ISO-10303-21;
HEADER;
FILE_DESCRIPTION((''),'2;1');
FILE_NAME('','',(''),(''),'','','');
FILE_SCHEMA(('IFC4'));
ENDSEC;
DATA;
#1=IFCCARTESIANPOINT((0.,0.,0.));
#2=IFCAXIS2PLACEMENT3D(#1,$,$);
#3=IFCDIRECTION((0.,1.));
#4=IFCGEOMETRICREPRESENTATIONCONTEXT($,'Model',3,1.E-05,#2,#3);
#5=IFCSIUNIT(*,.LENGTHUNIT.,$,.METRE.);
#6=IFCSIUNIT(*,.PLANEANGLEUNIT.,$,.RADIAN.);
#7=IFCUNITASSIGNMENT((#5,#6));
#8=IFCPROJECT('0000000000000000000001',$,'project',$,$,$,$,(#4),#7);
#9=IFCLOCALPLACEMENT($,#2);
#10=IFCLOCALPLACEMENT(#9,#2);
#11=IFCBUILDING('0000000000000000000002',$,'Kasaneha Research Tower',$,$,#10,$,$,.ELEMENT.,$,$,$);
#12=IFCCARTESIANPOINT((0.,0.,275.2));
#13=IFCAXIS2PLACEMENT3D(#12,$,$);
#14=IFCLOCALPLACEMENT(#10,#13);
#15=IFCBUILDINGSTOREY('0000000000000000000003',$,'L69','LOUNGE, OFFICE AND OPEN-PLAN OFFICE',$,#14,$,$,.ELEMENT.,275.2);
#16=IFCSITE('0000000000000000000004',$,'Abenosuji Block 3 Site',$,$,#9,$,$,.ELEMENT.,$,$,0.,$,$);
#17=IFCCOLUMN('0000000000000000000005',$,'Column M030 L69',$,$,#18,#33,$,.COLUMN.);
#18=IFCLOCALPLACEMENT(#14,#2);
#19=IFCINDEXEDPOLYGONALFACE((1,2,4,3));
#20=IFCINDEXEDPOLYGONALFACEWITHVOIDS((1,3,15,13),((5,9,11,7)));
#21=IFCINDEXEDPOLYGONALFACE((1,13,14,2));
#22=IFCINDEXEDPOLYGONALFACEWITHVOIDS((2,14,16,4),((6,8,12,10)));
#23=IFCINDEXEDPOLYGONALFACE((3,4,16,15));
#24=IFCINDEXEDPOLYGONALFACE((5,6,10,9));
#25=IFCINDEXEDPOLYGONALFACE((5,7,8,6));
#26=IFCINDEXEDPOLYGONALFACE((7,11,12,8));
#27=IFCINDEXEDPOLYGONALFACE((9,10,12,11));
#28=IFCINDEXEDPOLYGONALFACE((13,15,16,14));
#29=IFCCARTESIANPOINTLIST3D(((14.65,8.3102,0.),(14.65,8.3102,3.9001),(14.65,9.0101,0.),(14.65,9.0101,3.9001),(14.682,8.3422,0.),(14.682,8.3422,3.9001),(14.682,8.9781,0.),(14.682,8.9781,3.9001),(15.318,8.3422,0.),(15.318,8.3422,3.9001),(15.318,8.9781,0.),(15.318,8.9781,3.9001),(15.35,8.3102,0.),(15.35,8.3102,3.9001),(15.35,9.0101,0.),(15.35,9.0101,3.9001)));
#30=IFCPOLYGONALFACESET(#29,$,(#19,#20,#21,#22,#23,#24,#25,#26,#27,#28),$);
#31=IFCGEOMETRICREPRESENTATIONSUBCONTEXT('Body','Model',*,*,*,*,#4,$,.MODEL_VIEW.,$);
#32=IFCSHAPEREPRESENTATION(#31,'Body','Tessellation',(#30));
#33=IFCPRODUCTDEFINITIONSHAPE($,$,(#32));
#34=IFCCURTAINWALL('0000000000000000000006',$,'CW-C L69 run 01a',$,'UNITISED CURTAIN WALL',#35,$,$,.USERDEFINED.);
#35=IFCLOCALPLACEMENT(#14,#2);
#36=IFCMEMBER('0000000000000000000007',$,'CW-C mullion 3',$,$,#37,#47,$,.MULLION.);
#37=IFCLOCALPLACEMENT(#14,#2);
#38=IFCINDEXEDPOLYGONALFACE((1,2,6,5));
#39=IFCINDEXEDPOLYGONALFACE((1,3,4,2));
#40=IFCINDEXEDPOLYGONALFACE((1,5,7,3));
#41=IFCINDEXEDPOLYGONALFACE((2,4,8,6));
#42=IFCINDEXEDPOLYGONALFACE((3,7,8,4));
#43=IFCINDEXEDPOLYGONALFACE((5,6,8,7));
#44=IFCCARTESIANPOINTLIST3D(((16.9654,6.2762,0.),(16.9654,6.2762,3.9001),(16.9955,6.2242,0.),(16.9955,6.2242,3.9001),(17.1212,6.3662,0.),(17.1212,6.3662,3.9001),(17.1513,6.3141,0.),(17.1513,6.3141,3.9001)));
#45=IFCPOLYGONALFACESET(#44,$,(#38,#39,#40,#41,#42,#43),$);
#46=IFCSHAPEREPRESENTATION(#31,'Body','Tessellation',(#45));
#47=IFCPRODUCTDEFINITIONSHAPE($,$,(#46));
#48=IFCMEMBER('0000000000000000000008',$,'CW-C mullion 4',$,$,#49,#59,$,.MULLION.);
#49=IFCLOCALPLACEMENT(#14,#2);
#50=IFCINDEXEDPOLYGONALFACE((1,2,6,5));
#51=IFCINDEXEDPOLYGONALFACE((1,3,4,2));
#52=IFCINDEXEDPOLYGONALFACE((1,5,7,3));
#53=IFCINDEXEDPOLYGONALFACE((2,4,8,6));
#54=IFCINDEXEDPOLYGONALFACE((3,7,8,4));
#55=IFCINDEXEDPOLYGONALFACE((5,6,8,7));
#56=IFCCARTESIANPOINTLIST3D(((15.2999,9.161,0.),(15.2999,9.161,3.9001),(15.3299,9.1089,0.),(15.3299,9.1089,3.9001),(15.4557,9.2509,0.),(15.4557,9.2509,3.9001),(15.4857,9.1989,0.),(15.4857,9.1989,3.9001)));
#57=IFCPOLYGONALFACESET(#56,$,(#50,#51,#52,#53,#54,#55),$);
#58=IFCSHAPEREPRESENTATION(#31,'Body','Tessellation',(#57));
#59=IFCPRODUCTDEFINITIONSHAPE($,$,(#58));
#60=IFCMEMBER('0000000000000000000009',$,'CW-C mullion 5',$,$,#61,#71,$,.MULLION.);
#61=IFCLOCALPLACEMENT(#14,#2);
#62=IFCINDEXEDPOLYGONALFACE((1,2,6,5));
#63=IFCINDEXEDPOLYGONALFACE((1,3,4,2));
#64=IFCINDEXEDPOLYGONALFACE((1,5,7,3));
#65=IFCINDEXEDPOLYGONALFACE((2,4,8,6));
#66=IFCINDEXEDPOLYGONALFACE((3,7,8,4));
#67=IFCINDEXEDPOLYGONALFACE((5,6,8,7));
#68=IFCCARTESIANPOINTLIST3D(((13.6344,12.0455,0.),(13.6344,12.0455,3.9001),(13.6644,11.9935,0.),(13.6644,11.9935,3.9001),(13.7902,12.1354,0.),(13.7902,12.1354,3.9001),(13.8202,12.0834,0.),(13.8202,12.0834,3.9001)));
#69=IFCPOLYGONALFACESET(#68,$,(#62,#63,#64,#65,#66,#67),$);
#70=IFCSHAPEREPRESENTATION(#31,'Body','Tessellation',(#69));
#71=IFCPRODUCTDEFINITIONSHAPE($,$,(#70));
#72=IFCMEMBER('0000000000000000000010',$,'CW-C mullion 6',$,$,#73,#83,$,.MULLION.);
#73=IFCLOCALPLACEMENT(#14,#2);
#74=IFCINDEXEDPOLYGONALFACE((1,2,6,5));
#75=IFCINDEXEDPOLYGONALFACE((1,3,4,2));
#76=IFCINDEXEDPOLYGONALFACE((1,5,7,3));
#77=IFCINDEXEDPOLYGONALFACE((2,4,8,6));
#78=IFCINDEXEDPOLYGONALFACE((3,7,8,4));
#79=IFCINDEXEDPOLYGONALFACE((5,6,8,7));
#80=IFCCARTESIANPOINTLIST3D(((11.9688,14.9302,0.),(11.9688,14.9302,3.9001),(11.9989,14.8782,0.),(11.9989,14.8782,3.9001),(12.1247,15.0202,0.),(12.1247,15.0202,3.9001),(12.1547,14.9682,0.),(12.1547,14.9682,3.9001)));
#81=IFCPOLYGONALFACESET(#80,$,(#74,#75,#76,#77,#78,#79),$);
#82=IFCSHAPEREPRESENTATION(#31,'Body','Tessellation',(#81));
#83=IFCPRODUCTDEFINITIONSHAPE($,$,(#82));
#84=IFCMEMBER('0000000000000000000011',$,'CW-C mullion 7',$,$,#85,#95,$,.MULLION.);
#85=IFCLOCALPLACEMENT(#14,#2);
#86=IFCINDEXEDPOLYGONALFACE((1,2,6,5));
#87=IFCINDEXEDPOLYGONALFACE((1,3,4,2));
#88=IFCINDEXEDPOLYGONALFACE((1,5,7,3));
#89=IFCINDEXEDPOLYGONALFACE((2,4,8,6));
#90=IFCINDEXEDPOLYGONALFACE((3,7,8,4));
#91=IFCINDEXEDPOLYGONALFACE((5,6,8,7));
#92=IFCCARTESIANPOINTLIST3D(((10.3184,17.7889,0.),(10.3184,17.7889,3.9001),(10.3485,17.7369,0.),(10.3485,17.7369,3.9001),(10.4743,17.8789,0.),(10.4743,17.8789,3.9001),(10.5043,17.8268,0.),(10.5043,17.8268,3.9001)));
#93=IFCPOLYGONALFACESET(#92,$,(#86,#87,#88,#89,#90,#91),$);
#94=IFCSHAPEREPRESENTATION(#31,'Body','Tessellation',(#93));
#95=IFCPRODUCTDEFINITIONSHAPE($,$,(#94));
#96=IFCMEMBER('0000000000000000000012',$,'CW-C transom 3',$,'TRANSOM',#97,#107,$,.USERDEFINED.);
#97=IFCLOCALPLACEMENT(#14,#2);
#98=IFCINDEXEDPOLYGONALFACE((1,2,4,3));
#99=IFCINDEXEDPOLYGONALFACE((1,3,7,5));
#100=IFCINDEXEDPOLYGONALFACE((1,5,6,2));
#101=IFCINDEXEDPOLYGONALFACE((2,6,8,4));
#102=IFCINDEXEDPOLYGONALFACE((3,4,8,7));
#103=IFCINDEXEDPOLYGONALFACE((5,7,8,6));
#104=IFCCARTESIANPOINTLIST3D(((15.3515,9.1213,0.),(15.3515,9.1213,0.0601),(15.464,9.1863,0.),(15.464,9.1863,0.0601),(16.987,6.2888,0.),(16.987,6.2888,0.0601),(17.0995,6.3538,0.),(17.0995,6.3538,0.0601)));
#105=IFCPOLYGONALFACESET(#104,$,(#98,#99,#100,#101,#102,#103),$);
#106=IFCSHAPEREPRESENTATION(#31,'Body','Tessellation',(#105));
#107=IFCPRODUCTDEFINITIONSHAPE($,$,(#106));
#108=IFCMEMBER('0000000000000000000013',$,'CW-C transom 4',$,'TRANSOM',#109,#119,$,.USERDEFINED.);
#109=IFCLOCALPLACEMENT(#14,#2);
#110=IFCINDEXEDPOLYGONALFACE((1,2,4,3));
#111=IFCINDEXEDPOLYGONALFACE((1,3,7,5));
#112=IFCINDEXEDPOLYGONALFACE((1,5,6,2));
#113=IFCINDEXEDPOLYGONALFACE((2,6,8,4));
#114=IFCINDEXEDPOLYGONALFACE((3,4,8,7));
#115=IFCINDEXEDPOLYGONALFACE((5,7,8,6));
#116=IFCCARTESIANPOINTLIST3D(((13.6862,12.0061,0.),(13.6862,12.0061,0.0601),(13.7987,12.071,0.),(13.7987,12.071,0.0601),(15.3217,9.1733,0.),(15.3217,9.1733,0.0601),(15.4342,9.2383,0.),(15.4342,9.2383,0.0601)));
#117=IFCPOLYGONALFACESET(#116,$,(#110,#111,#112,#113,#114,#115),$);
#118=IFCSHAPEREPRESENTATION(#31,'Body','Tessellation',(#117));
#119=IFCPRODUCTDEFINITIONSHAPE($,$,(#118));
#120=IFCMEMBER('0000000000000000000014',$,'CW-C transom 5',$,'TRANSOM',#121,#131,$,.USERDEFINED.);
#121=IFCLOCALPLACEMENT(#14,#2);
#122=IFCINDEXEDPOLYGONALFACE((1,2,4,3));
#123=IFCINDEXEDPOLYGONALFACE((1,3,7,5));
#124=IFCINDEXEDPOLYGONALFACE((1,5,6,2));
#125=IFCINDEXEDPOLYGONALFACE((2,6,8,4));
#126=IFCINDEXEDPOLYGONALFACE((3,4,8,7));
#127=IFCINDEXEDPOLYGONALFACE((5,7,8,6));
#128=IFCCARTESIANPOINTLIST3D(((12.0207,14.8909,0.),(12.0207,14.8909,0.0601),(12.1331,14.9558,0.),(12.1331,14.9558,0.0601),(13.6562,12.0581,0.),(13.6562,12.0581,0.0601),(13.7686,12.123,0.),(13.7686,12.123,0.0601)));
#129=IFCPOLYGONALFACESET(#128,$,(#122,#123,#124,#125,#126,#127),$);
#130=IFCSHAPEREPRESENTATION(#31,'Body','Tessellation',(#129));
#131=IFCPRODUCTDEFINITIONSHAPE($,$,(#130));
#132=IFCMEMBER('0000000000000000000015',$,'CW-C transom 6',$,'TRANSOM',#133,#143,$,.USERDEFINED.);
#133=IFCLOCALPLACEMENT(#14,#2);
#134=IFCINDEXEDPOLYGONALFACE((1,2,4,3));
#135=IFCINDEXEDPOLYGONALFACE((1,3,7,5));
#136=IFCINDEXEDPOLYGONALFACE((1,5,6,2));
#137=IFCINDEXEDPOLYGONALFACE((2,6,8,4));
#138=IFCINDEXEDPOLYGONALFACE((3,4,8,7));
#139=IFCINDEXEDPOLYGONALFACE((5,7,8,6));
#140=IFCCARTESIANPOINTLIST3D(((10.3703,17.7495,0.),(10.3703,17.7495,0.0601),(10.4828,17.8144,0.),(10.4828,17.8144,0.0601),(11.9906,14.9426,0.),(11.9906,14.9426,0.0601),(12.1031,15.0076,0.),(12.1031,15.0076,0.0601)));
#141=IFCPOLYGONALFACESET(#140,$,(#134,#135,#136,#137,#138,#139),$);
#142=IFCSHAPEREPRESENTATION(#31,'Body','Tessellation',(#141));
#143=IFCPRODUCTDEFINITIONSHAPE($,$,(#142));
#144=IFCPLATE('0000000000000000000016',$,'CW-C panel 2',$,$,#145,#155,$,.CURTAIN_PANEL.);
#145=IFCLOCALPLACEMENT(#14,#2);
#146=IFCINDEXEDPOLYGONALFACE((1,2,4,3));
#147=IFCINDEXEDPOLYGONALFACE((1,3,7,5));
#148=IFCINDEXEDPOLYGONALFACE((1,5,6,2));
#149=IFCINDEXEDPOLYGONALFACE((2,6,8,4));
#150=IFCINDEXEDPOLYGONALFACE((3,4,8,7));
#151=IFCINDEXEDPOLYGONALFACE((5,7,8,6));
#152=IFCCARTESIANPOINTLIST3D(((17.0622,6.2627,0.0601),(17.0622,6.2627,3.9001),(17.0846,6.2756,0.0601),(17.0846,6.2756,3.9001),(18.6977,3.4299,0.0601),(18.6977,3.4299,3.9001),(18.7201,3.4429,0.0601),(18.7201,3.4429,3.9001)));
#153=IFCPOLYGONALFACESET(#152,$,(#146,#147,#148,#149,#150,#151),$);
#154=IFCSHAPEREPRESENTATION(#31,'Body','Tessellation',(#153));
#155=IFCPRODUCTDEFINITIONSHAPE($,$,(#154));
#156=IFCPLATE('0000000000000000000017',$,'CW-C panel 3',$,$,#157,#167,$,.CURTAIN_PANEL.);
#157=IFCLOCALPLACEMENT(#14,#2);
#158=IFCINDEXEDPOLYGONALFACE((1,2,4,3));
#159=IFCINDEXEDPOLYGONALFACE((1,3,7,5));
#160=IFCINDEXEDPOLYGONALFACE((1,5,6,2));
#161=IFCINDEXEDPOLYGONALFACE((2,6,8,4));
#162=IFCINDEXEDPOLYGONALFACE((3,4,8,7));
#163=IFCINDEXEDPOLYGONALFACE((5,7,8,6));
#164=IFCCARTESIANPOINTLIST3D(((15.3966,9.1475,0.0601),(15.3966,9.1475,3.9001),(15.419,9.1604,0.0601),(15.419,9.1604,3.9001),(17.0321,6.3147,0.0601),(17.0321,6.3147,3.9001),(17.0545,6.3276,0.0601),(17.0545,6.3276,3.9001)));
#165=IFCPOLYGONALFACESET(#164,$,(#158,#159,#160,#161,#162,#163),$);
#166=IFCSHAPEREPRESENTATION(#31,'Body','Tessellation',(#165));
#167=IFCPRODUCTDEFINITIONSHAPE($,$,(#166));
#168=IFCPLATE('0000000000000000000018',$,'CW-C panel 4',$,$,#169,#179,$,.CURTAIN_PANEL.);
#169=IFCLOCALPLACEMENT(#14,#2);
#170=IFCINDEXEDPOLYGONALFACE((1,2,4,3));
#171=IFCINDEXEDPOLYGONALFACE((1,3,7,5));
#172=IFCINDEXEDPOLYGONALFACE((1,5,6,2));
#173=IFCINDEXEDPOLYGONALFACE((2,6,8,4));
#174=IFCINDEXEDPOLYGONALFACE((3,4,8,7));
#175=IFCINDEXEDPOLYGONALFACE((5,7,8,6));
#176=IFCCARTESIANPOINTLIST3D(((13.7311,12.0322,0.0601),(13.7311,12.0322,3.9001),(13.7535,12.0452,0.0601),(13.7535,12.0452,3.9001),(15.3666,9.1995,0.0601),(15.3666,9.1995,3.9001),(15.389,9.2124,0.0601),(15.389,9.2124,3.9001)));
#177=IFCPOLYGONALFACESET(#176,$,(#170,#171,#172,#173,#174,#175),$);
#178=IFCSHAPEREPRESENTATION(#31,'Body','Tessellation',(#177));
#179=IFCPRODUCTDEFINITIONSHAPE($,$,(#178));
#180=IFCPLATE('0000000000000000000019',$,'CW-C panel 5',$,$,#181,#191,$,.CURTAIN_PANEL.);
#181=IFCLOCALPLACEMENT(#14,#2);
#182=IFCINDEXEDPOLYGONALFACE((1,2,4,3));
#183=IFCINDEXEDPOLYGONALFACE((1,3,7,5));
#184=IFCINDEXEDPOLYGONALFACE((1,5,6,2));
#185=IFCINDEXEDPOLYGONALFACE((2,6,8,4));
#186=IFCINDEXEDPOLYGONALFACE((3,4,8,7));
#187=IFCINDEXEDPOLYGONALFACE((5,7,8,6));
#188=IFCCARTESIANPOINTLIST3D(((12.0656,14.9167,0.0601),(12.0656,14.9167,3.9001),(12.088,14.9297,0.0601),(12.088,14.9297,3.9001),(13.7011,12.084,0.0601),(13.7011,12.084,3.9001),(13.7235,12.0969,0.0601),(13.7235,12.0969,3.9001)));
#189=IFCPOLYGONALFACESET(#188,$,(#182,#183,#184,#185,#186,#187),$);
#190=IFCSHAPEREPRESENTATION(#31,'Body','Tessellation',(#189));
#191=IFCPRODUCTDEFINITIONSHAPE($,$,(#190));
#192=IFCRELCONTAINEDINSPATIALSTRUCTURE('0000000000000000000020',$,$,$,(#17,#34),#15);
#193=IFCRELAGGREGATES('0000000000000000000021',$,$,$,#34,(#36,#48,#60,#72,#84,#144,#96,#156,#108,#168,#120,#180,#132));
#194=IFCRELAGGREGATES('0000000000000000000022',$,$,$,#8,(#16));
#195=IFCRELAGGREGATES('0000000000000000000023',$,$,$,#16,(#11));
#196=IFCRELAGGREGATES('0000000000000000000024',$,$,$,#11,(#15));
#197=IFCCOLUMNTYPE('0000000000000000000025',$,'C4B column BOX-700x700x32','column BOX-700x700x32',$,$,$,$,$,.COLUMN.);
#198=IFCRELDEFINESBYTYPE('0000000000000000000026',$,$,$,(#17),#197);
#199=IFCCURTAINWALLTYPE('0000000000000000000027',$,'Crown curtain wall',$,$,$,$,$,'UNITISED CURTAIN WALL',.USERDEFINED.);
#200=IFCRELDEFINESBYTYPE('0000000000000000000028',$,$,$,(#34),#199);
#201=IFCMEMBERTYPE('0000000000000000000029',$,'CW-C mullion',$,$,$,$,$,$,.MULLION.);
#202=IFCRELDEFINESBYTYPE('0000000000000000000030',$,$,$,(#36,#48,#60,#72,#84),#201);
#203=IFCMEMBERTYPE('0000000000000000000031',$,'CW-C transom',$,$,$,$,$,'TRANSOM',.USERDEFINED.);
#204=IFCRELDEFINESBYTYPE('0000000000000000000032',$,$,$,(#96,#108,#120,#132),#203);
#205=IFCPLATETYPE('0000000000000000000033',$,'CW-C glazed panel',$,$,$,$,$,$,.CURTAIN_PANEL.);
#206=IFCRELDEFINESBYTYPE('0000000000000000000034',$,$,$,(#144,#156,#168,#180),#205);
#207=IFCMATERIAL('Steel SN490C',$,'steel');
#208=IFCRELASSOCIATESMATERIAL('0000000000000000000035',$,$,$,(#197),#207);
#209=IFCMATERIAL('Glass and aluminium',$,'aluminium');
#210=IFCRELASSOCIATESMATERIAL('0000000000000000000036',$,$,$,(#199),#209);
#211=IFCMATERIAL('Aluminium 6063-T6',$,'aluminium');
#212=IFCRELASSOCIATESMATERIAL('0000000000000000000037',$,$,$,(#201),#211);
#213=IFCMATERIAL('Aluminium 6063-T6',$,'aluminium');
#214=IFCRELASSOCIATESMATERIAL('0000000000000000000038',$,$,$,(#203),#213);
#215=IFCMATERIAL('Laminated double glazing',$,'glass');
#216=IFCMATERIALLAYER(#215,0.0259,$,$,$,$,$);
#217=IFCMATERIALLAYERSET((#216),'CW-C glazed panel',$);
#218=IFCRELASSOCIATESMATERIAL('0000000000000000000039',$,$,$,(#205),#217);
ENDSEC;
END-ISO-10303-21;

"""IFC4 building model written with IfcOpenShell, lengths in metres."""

from ifc_helpers import new_model, si_unit, direction, frame, origin, origin_2d, place, context, subcontext, project, spatial, rectangle, hollow_rectangle, extrude, material, layer, layer_set, material_profile, profile_set, type_object, element, aggregate, save


model = new_model("IFC4")

# Units and contexts
model_context = context("Model", 3, precision=1e-05, world=origin(), true_north=direction((0.0, 1.0)))
body_context = subcontext(model_context, "Body", "Model", "MODEL_VIEW")
ifc_project = project(units=[si_unit("LENGTHUNIT", "METRE"), si_unit("PLANEANGLEUNIT", "RADIAN")], contexts=[model_context])

# Site, building, storey
site_placement = place(None, origin())
site = spatial("IfcSite", under=ifc_project, at=site_placement, Name="Abenosuji Block 3 Site", CompositionType="ELEMENT", RefElevation=0.0)
building_placement = place(site_placement, origin())
building = spatial("IfcBuilding", under=site, at=building_placement, Name="Kasaneha Research Tower", CompositionType="ELEMENT")
storey_placement = place(building_placement, frame((0.0, 0.0, 275.2)))
storey = spatial("IfcBuildingStorey", under=building, at=storey_placement, Name="L69", Description="LOUNGE, OFFICE AND OPEN-PLAN OFFICE", CompositionType="ELEMENT", Elevation=275.2)

# Column
ifc_material_1 = material(Name="Steel SN490C", Category="steel")
ifc_material_profile_1 = material_profile(ifc_material_1, hollow_rectangle(XDim=0.7, YDim=0.7, WallThickness=0.032, at=origin_2d()), Name="BOX-700x700x32")
ifc_profile_set_1 = profile_set([ifc_material_profile_1], Name="Steel SN490C")
column_type = type_object("IfcColumnType", Name="C4B column BOX-700x700x32", Description="column BOX-700x700x32", PredefinedType="COLUMN", material=ifc_profile_set_1)
column_placement = place(storey_placement, frame((15.0, 8.6602, 0.0), z_axis=(0.0, 0.0, 1.0), x_axis=(1.0, 0.0, 0.0)))
element("IfcColumn", 1, at=column_placement, inside=storey, type_object=column_type, Name="Column M030 L69", PredefinedType="COLUMN", context=body_context, shape_type="SweptSolid", body=[
    extrude(hollow_rectangle(XDim=0.7, YDim=0.7, WallThickness=0.032, at=origin_2d()), origin(), (0.0, 0.0, 1.0), 3.9001),
])

# Curtain wall, members, plates
ifc_material_2 = material(Name="Glass and aluminium", Category="aluminium")
curtain_wall_type = type_object("IfcCurtainWallType", Name="Crown curtain wall", ElementType="UNITISED CURTAIN WALL", PredefinedType="USERDEFINED", material=ifc_material_2)
curtain_wall_placement = place(storey_placement, origin())
curtain_wall = element("IfcCurtainWall", 2, at=curtain_wall_placement, inside=storey, type_object=curtain_wall_type, Name="CW-C L69 run 01a", ObjectType="UNITISED CURTAIN WALL", PredefinedType="USERDEFINED")
ifc_material_3 = material(Name="Aluminium 6063-T6", Category="aluminium")
ifc_material_profile_2 = material_profile(ifc_material_3, rectangle(XDim=0.0601, YDim=0.1799, at=origin_2d()), Name="CW-C mullion 60x180")
ifc_profile_set_2 = profile_set([ifc_material_profile_2], Name="Aluminium 6063-T6")
member_type_1 = type_object("IfcMemberType", Name="CW-C mullion", PredefinedType="MULLION", material=ifc_profile_set_2)
member_1_placement = place(storey_placement, frame((17.0583, 6.2952, 0.0), z_axis=(0.0, 0.0, 1.0), x_axis=(-0.5, 0.866025, 0.0)))
member_1 = element("IfcMember", 3, at=member_1_placement, type_object=member_type_1, Name="CW-C mullion 3", PredefinedType="MULLION", context=body_context, shape_type="SweptSolid", body=[
    extrude(rectangle(XDim=0.0601, YDim=0.1799, at=origin_2d()), origin(), (0.0, 0.0, 1.0), 3.9001),
])
member_2_placement = place(storey_placement, frame((15.3928, 9.1799, 0.0), z_axis=(0.0, 0.0, 1.0), x_axis=(-0.5, 0.866025, 0.0)))
member_2 = element("IfcMember", 4, at=member_2_placement, type_object=member_type_1, Name="CW-C mullion 4", PredefinedType="MULLION", context=body_context, shape_type="SweptSolid", body=[
    extrude(rectangle(XDim=0.0601, YDim=0.1799, at=origin_2d()), origin(), (0.0, 0.0, 1.0), 3.9001),
])
member_3_placement = place(storey_placement, frame((13.7273, 12.0645, 0.0), z_axis=(0.0, 0.0, 1.0), x_axis=(-0.5, 0.866025, 0.0)))
member_3 = element("IfcMember", 5, at=member_3_placement, type_object=member_type_1, Name="CW-C mullion 5", PredefinedType="MULLION", context=body_context, shape_type="SweptSolid", body=[
    extrude(rectangle(XDim=0.0601, YDim=0.1799, at=origin_2d()), origin(), (0.0, 0.0, 1.0), 3.9001),
])
member_4_placement = place(storey_placement, frame((12.0618, 14.9492, 0.0), z_axis=(0.0, 0.0, 1.0), x_axis=(-0.5, 0.866025, 0.0)))
member_4 = element("IfcMember", 6, at=member_4_placement, type_object=member_type_1, Name="CW-C mullion 6", PredefinedType="MULLION", context=body_context, shape_type="SweptSolid", body=[
    extrude(rectangle(XDim=0.0601, YDim=0.1799, at=origin_2d()), origin(), (0.0, 0.0, 1.0), 3.9001),
])
member_5_placement = place(storey_placement, frame((10.4114, 17.8079, 0.0), z_axis=(0.0, 0.0, 1.0), x_axis=(-0.5, 0.866025, 0.0)))
member_5 = element("IfcMember", 7, at=member_5_placement, type_object=member_type_1, Name="CW-C mullion 7", PredefinedType="MULLION", context=body_context, shape_type="SweptSolid", body=[
    extrude(rectangle(XDim=0.0601, YDim=0.1799, at=origin_2d()), origin(), (0.0, 0.0, 1.0), 3.9001),
])
ifc_material_4 = material(Name="Aluminium 6063-T6", Category="aluminium")
ifc_material_profile_3 = material_profile(ifc_material_4, rectangle(XDim=0.1299, YDim=0.0601, at=origin_2d()), Name="CW-C transom 130x60")
ifc_profile_set_3 = profile_set([ifc_material_profile_3], Name="Aluminium 6063-T6")
member_type_2 = type_object("IfcMemberType", Name="CW-C transom", ElementType="TRANSOM", PredefinedType="USERDEFINED", material=ifc_profile_set_3)
member_6_placement = place(storey_placement, frame((17.0432, 6.3213, 0.03), z_axis=(-0.500033, 0.866007, 0.0), x_axis=(-0.866007, -0.500033, 0.0)))
member_6 = element("IfcMember", 8, at=member_6_placement, type_object=member_type_2, Name="CW-C transom 3", ObjectType="TRANSOM", PredefinedType="USERDEFINED", context=body_context, shape_type="SweptSolid", body=[
    extrude(rectangle(XDim=0.1299, YDim=0.0601, at=origin_2d()), origin(), (0.0, 0.0, 1.0), 3.2708),
])
member_7_placement = place(storey_placement, frame((15.3779, 9.2058, 0.03), z_axis=(-0.5, 0.866025, 0.0), x_axis=(-0.866025, -0.5, 0.0)))
member_7 = element("IfcMember", 9, at=member_7_placement, type_object=member_type_2, Name="CW-C transom 4", ObjectType="TRANSOM", PredefinedType="USERDEFINED", context=body_context, shape_type="SweptSolid", body=[
    extrude(rectangle(XDim=0.1299, YDim=0.0601, at=origin_2d()), origin(), (0.0, 0.0, 1.0), 3.271),
])
member_8_placement = place(storey_placement, frame((13.7124, 12.0906, 0.03), z_axis=(-0.5, 0.866025, 0.0), x_axis=(-0.866025, -0.5, 0.0)))
member_8 = element("IfcMember", 10, at=member_8_placement, type_object=member_type_2, Name="CW-C transom 5", ObjectType="TRANSOM", PredefinedType="USERDEFINED", context=body_context, shape_type="SweptSolid", body=[
    extrude(rectangle(XDim=0.1299, YDim=0.0601, at=origin_2d()), origin(), (0.0, 0.0, 1.0), 3.271),
])
member_9_placement = place(storey_placement, frame((12.0469, 14.9751, 0.03), z_axis=(-0.499955, 0.866051, 0.0), x_axis=(-0.866051, -0.499955, 0.0)))
member_9 = element("IfcMember", 11, at=member_9_placement, type_object=member_type_2, Name="CW-C transom 6", ObjectType="TRANSOM", PredefinedType="USERDEFINED", context=body_context, shape_type="SweptSolid", body=[
    extrude(rectangle(XDim=0.1299, YDim=0.0601, at=origin_2d()), origin(), (0.0, 0.0, 1.0), 3.241),
])
ifc_material_5 = material(Name="Laminated double glazing", Category="glass")
ifc_layer_1 = layer(ifc_material_5, 0.0259)
ifc_layer_set_1 = layer_set([ifc_layer_1], Name="CW-C glazed panel")
plate_type = type_object("IfcPlateType", Name="CW-C glazed panel", PredefinedType="CURTAIN_PANEL", material=ifc_layer_set_1)
plate_1_placement = place(storey_placement, frame((17.8911, 4.8528, 0.0601), z_axis=(0.0, 0.0, 1.0), x_axis=(-0.5, 0.866025, 0.0)))
plate_1 = element("IfcPlate", 12, at=plate_1_placement, type_object=plate_type, Name="CW-C panel 2", PredefinedType="CURTAIN_PANEL", context=body_context, shape_type="SweptSolid", body=[
    extrude(rectangle(XDim=3.271, YDim=0.0259, at=origin_2d()), origin(), (0.0, 0.0, 1.0), 3.8401),
])
plate_2_placement = place(storey_placement, frame((16.2256, 7.7375, 0.0601), z_axis=(0.0, 0.0, 1.0), x_axis=(-0.5, 0.866025, 0.0)))
plate_2 = element("IfcPlate", 13, at=plate_2_placement, type_object=plate_type, Name="CW-C panel 3", PredefinedType="CURTAIN_PANEL", context=body_context, shape_type="SweptSolid", body=[
    extrude(rectangle(XDim=3.271, YDim=0.0259, at=origin_2d()), origin(), (0.0, 0.0, 1.0), 3.8401),
])
plate_3_placement = place(storey_placement, frame((14.5601, 10.6223, 0.0601), z_axis=(0.0, 0.0, 1.0), x_axis=(-0.5, 0.866025, 0.0)))
plate_3 = element("IfcPlate", 14, at=plate_3_placement, type_object=plate_type, Name="CW-C panel 4", PredefinedType="CURTAIN_PANEL", context=body_context, shape_type="SweptSolid", body=[
    extrude(rectangle(XDim=3.271, YDim=0.0259, at=origin_2d()), origin(), (0.0, 0.0, 1.0), 3.8401),
])
plate_4_placement = place(storey_placement, frame((12.8945, 13.5068, 0.0601), z_axis=(0.0, 0.0, 1.0), x_axis=(-0.5, 0.866025, 0.0)))
plate_4 = element("IfcPlate", 15, at=plate_4_placement, type_object=plate_type, Name="CW-C panel 5", PredefinedType="CURTAIN_PANEL", context=body_context, shape_type="SweptSolid", body=[
    extrude(rectangle(XDim=3.271, YDim=0.0259, at=origin_2d()), origin(), (0.0, 0.0, 1.0), 3.8401),
])
aggregate(curtain_wall, [member_1, member_2, member_3, member_4, member_5, plate_1, member_6, plate_2, member_7, plate_3, member_8, plate_4, member_9])

save(model, "model.ifc")
